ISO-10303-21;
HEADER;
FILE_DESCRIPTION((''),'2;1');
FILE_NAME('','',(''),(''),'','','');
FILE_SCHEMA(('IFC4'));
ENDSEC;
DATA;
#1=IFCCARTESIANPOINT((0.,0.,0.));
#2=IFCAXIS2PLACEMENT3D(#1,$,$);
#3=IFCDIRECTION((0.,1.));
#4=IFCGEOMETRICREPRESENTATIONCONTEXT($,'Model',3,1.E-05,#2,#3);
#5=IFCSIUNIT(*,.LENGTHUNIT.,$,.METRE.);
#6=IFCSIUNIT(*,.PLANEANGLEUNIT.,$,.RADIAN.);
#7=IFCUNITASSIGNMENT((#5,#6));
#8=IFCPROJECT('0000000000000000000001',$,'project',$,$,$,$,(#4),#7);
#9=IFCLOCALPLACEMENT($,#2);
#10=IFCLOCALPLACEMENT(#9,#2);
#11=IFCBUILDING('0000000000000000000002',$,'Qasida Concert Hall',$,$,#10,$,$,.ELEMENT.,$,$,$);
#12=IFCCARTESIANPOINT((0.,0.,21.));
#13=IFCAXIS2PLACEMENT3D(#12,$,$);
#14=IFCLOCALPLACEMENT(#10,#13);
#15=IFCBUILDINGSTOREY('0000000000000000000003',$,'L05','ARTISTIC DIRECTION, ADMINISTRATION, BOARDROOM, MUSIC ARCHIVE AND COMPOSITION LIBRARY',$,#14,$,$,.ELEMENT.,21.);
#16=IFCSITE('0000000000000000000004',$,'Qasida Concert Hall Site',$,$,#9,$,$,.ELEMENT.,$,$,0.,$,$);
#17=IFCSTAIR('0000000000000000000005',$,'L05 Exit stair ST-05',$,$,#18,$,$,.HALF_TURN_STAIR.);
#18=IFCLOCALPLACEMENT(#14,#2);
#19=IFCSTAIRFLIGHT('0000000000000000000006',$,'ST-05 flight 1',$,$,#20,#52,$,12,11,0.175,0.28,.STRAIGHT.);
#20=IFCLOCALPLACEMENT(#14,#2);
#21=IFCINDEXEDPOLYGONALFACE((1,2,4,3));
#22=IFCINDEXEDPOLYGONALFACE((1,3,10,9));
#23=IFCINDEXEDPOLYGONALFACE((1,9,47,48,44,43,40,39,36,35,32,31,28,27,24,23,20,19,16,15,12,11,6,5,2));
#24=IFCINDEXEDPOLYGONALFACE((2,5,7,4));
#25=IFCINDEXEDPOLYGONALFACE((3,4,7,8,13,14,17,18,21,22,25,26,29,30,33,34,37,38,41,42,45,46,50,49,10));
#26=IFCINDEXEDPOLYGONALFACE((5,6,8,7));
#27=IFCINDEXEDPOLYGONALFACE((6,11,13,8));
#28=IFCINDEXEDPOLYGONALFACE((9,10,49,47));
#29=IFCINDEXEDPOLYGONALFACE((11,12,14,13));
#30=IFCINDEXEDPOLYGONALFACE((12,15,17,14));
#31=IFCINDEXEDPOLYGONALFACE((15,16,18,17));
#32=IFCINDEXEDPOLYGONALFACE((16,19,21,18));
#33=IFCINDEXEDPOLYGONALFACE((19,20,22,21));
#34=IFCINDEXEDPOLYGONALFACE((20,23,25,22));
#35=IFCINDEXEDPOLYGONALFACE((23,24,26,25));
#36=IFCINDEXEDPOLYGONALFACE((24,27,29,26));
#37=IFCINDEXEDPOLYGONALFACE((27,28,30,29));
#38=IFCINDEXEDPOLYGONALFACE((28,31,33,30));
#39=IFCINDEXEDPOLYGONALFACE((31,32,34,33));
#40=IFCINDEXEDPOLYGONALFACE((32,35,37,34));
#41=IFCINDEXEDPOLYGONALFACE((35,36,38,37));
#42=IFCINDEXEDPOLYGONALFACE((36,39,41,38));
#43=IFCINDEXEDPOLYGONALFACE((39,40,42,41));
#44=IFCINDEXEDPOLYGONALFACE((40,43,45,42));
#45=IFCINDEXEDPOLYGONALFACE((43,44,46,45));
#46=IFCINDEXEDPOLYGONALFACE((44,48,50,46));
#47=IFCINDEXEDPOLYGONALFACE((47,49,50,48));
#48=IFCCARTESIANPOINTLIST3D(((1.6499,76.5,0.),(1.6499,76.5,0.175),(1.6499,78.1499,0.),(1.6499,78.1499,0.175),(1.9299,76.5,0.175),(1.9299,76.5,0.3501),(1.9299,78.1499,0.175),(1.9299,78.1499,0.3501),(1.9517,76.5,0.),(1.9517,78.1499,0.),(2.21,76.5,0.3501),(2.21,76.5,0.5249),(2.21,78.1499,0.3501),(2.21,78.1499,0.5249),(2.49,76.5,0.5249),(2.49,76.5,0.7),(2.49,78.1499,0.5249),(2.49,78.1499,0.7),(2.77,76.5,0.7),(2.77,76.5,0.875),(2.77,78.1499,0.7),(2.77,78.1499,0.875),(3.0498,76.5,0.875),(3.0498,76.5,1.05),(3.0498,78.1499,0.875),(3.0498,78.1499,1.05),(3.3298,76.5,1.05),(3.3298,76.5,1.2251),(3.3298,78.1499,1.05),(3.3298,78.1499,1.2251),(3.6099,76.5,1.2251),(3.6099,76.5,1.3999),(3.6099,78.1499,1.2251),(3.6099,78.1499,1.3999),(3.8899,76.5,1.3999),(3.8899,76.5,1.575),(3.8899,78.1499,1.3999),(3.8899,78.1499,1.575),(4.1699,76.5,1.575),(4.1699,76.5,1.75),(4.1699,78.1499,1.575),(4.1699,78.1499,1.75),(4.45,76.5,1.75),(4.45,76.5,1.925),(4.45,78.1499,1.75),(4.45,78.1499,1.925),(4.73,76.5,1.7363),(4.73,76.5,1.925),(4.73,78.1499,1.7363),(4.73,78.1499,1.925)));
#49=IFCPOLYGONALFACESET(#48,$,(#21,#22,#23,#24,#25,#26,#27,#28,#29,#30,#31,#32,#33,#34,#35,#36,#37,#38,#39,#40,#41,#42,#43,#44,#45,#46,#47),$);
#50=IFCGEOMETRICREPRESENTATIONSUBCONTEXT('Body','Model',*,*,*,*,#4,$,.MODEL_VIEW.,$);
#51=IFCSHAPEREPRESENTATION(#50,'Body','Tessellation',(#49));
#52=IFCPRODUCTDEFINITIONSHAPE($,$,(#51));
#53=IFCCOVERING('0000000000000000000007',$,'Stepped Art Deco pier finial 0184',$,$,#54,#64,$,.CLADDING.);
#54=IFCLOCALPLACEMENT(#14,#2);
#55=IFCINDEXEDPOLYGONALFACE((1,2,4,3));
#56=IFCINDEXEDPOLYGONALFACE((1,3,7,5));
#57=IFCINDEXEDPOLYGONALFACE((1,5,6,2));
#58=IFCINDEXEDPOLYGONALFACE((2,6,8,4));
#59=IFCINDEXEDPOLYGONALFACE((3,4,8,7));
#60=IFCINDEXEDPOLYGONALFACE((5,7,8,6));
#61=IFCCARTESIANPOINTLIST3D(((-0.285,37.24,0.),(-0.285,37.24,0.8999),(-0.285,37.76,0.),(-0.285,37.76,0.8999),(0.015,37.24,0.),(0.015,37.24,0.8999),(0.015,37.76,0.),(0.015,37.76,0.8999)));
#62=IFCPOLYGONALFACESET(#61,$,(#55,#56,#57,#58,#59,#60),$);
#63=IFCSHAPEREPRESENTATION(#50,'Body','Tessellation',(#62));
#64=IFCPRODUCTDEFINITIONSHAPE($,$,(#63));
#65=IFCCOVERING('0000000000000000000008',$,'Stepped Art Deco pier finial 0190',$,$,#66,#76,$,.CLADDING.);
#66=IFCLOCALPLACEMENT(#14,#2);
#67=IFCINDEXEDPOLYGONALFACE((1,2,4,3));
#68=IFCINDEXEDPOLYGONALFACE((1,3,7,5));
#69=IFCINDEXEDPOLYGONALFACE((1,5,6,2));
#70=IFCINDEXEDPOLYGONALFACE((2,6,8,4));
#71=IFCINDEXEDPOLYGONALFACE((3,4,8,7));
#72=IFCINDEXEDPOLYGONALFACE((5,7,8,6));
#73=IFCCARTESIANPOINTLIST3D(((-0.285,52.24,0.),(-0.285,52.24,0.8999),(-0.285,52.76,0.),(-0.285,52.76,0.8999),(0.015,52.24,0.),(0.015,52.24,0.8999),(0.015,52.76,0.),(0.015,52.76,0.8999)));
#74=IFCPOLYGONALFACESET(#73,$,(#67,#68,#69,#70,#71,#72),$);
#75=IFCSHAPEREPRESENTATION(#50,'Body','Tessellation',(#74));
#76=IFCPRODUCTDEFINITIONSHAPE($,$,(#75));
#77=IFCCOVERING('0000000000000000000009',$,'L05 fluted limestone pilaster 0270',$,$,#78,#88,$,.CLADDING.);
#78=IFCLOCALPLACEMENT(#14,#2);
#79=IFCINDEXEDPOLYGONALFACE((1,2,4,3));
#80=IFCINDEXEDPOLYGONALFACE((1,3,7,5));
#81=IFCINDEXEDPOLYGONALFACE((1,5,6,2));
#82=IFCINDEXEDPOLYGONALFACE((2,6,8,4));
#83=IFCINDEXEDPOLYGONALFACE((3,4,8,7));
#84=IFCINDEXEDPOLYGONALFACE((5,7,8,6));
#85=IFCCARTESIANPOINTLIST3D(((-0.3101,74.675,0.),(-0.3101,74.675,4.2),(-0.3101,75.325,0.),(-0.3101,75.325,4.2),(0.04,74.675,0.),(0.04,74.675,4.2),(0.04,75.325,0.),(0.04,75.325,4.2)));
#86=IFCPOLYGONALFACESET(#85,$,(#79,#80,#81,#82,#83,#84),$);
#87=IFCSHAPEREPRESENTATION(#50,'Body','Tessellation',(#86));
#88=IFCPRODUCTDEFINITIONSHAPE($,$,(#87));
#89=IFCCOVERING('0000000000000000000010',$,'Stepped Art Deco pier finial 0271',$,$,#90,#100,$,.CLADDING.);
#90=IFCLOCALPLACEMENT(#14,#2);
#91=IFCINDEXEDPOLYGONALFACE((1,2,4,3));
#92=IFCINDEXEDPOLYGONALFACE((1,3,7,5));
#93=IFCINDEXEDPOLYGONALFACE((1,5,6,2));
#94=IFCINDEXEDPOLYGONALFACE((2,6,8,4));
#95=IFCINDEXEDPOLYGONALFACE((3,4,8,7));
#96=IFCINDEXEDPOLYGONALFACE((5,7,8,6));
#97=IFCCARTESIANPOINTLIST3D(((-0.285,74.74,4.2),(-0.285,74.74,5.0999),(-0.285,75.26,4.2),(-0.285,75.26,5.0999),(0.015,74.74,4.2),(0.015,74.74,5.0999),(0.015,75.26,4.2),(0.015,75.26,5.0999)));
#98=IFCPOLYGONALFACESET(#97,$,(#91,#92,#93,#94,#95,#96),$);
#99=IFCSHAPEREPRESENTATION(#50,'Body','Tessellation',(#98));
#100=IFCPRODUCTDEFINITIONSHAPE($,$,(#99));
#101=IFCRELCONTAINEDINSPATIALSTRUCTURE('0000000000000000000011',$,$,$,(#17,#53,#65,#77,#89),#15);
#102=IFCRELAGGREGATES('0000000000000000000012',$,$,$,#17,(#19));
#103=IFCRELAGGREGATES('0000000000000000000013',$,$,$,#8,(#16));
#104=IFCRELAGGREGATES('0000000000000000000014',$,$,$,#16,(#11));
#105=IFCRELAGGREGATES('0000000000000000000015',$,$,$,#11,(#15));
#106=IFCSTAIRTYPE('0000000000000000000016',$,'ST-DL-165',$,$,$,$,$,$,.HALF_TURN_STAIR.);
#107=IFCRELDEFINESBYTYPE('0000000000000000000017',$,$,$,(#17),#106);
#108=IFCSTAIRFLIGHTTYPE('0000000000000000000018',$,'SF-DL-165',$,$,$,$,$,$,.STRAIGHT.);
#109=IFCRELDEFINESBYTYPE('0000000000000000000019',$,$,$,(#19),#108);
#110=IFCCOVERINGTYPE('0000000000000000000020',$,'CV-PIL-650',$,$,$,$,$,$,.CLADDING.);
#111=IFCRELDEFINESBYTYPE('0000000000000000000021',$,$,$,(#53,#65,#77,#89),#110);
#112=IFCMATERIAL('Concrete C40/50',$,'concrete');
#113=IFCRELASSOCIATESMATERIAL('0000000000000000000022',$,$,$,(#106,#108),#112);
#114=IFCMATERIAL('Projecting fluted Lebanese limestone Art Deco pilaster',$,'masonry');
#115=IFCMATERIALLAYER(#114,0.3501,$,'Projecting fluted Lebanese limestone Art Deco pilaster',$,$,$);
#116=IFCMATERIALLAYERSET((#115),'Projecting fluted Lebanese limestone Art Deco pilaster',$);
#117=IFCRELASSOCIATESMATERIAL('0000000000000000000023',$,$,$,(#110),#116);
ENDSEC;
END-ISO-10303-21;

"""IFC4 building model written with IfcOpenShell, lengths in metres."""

from ifc_helpers import new_model, si_unit, direction, frame, origin, origin_2d, place, context, subcontext, project, spatial, polyline, rectangle, outline, extrude, material, layer, layer_set, type_object, element, aggregate, save


model = new_model("IFC4")

# Units and contexts
model_context = context("Model", 3, precision=1e-05, world=origin(), true_north=direction((0.0, 1.0)))
body_context = subcontext(model_context, "Body", "Model", "MODEL_VIEW")
ifc_project = project(units=[si_unit("LENGTHUNIT", "METRE"), si_unit("PLANEANGLEUNIT", "RADIAN")], contexts=[model_context])

# Site, building, storey
site_placement = place(None, origin())
site = spatial("IfcSite", under=ifc_project, at=site_placement, Name="Qasida Concert Hall Site", CompositionType="ELEMENT", RefElevation=0.0)
building_placement = place(site_placement, origin())
building = spatial("IfcBuilding", under=site, at=building_placement, Name="Qasida Concert Hall", CompositionType="ELEMENT")
storey_placement = place(building_placement, frame((0.0, 0.0, 21.0)))
storey = spatial("IfcBuildingStorey", under=building, at=storey_placement, Name="L05", Description="ARTISTIC DIRECTION, ADMINISTRATION, BOARDROOM, MUSIC ARCHIVE AND COMPOSITION LIBRARY", CompositionType="ELEMENT", Elevation=21.0)

# Shared definitions
ifc_material_1 = material(Name="Concrete C40/50", Category="concrete")

# Stair, stair flight
stair_type = type_object("IfcStairType", Name="ST-DL-165", PredefinedType="HALF_TURN_STAIR", material=ifc_material_1)
stair_placement = place(storey_placement, origin())
stair = element("IfcStair", 1, at=stair_placement, inside=storey, type_object=stair_type, Name="L05 Exit stair ST-05", PredefinedType="HALF_TURN_STAIR")
stair_flight_type = type_object("IfcStairFlightType", Name="SF-DL-165", PredefinedType="STRAIGHT", material=ifc_material_1)
stair_flight_placement = place(storey_placement, frame((1.6499, 77.325, 0.0), z_axis=(0.0, 0.0, 1.0), x_axis=(1.0, 0.0, 0.0)))
stair_flight = element("IfcStairFlight", 2, at=stair_flight_placement, type_object=stair_flight_type, Name="ST-05 flight 1", NumberOfRisers=12, NumberOfTreads=11, PredefinedType="STRAIGHT", RiserHeight=0.175, TreadLength=0.28, context=body_context, shape_type="SweptSolid", body=[
    extrude(outline(polyline([(0.0, 0.0), (0.0, 0.175), (0.28, 0.175), (0.28, 0.3501), (0.5601, 0.3501), (0.5601, 0.5249), (0.8401, 0.5249), (0.8401, 0.7), (1.1201, 0.7), (1.1201, 0.875), (1.3999, 0.875), (1.3999, 1.05), (1.6799, 1.05), (1.6799, 1.2251), (1.96, 1.2251), (1.96, 1.3999), (2.24, 1.3999), (2.24, 1.575), (2.52, 1.575), (2.52, 1.75), (2.8, 1.75), (2.8, 1.925), (3.0801, 1.925), (3.0801, 2.1001), (3.0801, 1.7363), (0.3018, 0.0), (0.0, 0.0)])), frame((0.0, 0.825, 0.0), z_axis=(0.0, -1.0, 0.0), x_axis=(1.0, 0.0, 0.0)), (0.0, 0.0, 1.0), 1.6499),
])
aggregate(stair, [stair_flight])

# Coverings
ifc_material_2 = material(Name="Projecting fluted Lebanese limestone Art Deco pilaster", Category="masonry")
ifc_layer_1 = layer(ifc_material_2, 0.3501, Name="Projecting fluted Lebanese limestone Art Deco pilaster")
ifc_layer_set_1 = layer_set([ifc_layer_1], Name="Projecting fluted Lebanese limestone Art Deco pilaster")
covering_type = type_object("IfcCoveringType", Name="CV-PIL-650", PredefinedType="CLADDING", material=ifc_layer_set_1)
for number, where, z_axis, x_axis, name in (
    (3, (-0.135, 37.5, 0.0), (0.0, 0.0, 1.0), (1.0, 0.0, 0.0), "Stepped Art Deco pier finial 0184"),
    (4, (-0.135, 52.5, 0.0), (0.0, 0.0, 1.0), (1.0, 0.0, 0.0), "Stepped Art Deco pier finial 0190"),
):
    element("IfcCovering", number, at=place(storey_placement, frame(where, z_axis=z_axis, x_axis=x_axis)), inside=storey, type_object=covering_type, Name=name, PredefinedType="CLADDING", context=body_context, shape_type="SweptSolid", body=[
        extrude(rectangle(XDim=0.3, YDim=0.52, at=origin_2d()), origin(), (0.0, 0.0, 1.0), 0.8999),
    ])
covering_1_placement = place(storey_placement, frame((-0.135, 75.0, 0.0), z_axis=(0.0, 0.0, 1.0), x_axis=(1.0, 0.0, 0.0)))
element("IfcCovering", 5, at=covering_1_placement, inside=storey, type_object=covering_type, Name="L05 fluted limestone pilaster 0270", PredefinedType="CLADDING", context=body_context, shape_type="SweptSolid", body=[
    extrude(rectangle(XDim=0.3501, YDim=0.6499, at=origin_2d()), origin(), (0.0, 0.0, 1.0), 4.2),
])
covering_2_placement = place(storey_placement, frame((-0.135, 75.0, 4.2), z_axis=(0.0, 0.0, 1.0), x_axis=(1.0, 0.0, 0.0)))
element("IfcCovering", 6, at=covering_2_placement, inside=storey, type_object=covering_type, Name="Stepped Art Deco pier finial 0271", PredefinedType="CLADDING", context=body_context, shape_type="SweptSolid", body=[
    extrude(rectangle(XDim=0.3, YDim=0.52, at=origin_2d()), origin(), (0.0, 0.0, 1.0), 0.8999),
])

save(model, "model.ifc")
